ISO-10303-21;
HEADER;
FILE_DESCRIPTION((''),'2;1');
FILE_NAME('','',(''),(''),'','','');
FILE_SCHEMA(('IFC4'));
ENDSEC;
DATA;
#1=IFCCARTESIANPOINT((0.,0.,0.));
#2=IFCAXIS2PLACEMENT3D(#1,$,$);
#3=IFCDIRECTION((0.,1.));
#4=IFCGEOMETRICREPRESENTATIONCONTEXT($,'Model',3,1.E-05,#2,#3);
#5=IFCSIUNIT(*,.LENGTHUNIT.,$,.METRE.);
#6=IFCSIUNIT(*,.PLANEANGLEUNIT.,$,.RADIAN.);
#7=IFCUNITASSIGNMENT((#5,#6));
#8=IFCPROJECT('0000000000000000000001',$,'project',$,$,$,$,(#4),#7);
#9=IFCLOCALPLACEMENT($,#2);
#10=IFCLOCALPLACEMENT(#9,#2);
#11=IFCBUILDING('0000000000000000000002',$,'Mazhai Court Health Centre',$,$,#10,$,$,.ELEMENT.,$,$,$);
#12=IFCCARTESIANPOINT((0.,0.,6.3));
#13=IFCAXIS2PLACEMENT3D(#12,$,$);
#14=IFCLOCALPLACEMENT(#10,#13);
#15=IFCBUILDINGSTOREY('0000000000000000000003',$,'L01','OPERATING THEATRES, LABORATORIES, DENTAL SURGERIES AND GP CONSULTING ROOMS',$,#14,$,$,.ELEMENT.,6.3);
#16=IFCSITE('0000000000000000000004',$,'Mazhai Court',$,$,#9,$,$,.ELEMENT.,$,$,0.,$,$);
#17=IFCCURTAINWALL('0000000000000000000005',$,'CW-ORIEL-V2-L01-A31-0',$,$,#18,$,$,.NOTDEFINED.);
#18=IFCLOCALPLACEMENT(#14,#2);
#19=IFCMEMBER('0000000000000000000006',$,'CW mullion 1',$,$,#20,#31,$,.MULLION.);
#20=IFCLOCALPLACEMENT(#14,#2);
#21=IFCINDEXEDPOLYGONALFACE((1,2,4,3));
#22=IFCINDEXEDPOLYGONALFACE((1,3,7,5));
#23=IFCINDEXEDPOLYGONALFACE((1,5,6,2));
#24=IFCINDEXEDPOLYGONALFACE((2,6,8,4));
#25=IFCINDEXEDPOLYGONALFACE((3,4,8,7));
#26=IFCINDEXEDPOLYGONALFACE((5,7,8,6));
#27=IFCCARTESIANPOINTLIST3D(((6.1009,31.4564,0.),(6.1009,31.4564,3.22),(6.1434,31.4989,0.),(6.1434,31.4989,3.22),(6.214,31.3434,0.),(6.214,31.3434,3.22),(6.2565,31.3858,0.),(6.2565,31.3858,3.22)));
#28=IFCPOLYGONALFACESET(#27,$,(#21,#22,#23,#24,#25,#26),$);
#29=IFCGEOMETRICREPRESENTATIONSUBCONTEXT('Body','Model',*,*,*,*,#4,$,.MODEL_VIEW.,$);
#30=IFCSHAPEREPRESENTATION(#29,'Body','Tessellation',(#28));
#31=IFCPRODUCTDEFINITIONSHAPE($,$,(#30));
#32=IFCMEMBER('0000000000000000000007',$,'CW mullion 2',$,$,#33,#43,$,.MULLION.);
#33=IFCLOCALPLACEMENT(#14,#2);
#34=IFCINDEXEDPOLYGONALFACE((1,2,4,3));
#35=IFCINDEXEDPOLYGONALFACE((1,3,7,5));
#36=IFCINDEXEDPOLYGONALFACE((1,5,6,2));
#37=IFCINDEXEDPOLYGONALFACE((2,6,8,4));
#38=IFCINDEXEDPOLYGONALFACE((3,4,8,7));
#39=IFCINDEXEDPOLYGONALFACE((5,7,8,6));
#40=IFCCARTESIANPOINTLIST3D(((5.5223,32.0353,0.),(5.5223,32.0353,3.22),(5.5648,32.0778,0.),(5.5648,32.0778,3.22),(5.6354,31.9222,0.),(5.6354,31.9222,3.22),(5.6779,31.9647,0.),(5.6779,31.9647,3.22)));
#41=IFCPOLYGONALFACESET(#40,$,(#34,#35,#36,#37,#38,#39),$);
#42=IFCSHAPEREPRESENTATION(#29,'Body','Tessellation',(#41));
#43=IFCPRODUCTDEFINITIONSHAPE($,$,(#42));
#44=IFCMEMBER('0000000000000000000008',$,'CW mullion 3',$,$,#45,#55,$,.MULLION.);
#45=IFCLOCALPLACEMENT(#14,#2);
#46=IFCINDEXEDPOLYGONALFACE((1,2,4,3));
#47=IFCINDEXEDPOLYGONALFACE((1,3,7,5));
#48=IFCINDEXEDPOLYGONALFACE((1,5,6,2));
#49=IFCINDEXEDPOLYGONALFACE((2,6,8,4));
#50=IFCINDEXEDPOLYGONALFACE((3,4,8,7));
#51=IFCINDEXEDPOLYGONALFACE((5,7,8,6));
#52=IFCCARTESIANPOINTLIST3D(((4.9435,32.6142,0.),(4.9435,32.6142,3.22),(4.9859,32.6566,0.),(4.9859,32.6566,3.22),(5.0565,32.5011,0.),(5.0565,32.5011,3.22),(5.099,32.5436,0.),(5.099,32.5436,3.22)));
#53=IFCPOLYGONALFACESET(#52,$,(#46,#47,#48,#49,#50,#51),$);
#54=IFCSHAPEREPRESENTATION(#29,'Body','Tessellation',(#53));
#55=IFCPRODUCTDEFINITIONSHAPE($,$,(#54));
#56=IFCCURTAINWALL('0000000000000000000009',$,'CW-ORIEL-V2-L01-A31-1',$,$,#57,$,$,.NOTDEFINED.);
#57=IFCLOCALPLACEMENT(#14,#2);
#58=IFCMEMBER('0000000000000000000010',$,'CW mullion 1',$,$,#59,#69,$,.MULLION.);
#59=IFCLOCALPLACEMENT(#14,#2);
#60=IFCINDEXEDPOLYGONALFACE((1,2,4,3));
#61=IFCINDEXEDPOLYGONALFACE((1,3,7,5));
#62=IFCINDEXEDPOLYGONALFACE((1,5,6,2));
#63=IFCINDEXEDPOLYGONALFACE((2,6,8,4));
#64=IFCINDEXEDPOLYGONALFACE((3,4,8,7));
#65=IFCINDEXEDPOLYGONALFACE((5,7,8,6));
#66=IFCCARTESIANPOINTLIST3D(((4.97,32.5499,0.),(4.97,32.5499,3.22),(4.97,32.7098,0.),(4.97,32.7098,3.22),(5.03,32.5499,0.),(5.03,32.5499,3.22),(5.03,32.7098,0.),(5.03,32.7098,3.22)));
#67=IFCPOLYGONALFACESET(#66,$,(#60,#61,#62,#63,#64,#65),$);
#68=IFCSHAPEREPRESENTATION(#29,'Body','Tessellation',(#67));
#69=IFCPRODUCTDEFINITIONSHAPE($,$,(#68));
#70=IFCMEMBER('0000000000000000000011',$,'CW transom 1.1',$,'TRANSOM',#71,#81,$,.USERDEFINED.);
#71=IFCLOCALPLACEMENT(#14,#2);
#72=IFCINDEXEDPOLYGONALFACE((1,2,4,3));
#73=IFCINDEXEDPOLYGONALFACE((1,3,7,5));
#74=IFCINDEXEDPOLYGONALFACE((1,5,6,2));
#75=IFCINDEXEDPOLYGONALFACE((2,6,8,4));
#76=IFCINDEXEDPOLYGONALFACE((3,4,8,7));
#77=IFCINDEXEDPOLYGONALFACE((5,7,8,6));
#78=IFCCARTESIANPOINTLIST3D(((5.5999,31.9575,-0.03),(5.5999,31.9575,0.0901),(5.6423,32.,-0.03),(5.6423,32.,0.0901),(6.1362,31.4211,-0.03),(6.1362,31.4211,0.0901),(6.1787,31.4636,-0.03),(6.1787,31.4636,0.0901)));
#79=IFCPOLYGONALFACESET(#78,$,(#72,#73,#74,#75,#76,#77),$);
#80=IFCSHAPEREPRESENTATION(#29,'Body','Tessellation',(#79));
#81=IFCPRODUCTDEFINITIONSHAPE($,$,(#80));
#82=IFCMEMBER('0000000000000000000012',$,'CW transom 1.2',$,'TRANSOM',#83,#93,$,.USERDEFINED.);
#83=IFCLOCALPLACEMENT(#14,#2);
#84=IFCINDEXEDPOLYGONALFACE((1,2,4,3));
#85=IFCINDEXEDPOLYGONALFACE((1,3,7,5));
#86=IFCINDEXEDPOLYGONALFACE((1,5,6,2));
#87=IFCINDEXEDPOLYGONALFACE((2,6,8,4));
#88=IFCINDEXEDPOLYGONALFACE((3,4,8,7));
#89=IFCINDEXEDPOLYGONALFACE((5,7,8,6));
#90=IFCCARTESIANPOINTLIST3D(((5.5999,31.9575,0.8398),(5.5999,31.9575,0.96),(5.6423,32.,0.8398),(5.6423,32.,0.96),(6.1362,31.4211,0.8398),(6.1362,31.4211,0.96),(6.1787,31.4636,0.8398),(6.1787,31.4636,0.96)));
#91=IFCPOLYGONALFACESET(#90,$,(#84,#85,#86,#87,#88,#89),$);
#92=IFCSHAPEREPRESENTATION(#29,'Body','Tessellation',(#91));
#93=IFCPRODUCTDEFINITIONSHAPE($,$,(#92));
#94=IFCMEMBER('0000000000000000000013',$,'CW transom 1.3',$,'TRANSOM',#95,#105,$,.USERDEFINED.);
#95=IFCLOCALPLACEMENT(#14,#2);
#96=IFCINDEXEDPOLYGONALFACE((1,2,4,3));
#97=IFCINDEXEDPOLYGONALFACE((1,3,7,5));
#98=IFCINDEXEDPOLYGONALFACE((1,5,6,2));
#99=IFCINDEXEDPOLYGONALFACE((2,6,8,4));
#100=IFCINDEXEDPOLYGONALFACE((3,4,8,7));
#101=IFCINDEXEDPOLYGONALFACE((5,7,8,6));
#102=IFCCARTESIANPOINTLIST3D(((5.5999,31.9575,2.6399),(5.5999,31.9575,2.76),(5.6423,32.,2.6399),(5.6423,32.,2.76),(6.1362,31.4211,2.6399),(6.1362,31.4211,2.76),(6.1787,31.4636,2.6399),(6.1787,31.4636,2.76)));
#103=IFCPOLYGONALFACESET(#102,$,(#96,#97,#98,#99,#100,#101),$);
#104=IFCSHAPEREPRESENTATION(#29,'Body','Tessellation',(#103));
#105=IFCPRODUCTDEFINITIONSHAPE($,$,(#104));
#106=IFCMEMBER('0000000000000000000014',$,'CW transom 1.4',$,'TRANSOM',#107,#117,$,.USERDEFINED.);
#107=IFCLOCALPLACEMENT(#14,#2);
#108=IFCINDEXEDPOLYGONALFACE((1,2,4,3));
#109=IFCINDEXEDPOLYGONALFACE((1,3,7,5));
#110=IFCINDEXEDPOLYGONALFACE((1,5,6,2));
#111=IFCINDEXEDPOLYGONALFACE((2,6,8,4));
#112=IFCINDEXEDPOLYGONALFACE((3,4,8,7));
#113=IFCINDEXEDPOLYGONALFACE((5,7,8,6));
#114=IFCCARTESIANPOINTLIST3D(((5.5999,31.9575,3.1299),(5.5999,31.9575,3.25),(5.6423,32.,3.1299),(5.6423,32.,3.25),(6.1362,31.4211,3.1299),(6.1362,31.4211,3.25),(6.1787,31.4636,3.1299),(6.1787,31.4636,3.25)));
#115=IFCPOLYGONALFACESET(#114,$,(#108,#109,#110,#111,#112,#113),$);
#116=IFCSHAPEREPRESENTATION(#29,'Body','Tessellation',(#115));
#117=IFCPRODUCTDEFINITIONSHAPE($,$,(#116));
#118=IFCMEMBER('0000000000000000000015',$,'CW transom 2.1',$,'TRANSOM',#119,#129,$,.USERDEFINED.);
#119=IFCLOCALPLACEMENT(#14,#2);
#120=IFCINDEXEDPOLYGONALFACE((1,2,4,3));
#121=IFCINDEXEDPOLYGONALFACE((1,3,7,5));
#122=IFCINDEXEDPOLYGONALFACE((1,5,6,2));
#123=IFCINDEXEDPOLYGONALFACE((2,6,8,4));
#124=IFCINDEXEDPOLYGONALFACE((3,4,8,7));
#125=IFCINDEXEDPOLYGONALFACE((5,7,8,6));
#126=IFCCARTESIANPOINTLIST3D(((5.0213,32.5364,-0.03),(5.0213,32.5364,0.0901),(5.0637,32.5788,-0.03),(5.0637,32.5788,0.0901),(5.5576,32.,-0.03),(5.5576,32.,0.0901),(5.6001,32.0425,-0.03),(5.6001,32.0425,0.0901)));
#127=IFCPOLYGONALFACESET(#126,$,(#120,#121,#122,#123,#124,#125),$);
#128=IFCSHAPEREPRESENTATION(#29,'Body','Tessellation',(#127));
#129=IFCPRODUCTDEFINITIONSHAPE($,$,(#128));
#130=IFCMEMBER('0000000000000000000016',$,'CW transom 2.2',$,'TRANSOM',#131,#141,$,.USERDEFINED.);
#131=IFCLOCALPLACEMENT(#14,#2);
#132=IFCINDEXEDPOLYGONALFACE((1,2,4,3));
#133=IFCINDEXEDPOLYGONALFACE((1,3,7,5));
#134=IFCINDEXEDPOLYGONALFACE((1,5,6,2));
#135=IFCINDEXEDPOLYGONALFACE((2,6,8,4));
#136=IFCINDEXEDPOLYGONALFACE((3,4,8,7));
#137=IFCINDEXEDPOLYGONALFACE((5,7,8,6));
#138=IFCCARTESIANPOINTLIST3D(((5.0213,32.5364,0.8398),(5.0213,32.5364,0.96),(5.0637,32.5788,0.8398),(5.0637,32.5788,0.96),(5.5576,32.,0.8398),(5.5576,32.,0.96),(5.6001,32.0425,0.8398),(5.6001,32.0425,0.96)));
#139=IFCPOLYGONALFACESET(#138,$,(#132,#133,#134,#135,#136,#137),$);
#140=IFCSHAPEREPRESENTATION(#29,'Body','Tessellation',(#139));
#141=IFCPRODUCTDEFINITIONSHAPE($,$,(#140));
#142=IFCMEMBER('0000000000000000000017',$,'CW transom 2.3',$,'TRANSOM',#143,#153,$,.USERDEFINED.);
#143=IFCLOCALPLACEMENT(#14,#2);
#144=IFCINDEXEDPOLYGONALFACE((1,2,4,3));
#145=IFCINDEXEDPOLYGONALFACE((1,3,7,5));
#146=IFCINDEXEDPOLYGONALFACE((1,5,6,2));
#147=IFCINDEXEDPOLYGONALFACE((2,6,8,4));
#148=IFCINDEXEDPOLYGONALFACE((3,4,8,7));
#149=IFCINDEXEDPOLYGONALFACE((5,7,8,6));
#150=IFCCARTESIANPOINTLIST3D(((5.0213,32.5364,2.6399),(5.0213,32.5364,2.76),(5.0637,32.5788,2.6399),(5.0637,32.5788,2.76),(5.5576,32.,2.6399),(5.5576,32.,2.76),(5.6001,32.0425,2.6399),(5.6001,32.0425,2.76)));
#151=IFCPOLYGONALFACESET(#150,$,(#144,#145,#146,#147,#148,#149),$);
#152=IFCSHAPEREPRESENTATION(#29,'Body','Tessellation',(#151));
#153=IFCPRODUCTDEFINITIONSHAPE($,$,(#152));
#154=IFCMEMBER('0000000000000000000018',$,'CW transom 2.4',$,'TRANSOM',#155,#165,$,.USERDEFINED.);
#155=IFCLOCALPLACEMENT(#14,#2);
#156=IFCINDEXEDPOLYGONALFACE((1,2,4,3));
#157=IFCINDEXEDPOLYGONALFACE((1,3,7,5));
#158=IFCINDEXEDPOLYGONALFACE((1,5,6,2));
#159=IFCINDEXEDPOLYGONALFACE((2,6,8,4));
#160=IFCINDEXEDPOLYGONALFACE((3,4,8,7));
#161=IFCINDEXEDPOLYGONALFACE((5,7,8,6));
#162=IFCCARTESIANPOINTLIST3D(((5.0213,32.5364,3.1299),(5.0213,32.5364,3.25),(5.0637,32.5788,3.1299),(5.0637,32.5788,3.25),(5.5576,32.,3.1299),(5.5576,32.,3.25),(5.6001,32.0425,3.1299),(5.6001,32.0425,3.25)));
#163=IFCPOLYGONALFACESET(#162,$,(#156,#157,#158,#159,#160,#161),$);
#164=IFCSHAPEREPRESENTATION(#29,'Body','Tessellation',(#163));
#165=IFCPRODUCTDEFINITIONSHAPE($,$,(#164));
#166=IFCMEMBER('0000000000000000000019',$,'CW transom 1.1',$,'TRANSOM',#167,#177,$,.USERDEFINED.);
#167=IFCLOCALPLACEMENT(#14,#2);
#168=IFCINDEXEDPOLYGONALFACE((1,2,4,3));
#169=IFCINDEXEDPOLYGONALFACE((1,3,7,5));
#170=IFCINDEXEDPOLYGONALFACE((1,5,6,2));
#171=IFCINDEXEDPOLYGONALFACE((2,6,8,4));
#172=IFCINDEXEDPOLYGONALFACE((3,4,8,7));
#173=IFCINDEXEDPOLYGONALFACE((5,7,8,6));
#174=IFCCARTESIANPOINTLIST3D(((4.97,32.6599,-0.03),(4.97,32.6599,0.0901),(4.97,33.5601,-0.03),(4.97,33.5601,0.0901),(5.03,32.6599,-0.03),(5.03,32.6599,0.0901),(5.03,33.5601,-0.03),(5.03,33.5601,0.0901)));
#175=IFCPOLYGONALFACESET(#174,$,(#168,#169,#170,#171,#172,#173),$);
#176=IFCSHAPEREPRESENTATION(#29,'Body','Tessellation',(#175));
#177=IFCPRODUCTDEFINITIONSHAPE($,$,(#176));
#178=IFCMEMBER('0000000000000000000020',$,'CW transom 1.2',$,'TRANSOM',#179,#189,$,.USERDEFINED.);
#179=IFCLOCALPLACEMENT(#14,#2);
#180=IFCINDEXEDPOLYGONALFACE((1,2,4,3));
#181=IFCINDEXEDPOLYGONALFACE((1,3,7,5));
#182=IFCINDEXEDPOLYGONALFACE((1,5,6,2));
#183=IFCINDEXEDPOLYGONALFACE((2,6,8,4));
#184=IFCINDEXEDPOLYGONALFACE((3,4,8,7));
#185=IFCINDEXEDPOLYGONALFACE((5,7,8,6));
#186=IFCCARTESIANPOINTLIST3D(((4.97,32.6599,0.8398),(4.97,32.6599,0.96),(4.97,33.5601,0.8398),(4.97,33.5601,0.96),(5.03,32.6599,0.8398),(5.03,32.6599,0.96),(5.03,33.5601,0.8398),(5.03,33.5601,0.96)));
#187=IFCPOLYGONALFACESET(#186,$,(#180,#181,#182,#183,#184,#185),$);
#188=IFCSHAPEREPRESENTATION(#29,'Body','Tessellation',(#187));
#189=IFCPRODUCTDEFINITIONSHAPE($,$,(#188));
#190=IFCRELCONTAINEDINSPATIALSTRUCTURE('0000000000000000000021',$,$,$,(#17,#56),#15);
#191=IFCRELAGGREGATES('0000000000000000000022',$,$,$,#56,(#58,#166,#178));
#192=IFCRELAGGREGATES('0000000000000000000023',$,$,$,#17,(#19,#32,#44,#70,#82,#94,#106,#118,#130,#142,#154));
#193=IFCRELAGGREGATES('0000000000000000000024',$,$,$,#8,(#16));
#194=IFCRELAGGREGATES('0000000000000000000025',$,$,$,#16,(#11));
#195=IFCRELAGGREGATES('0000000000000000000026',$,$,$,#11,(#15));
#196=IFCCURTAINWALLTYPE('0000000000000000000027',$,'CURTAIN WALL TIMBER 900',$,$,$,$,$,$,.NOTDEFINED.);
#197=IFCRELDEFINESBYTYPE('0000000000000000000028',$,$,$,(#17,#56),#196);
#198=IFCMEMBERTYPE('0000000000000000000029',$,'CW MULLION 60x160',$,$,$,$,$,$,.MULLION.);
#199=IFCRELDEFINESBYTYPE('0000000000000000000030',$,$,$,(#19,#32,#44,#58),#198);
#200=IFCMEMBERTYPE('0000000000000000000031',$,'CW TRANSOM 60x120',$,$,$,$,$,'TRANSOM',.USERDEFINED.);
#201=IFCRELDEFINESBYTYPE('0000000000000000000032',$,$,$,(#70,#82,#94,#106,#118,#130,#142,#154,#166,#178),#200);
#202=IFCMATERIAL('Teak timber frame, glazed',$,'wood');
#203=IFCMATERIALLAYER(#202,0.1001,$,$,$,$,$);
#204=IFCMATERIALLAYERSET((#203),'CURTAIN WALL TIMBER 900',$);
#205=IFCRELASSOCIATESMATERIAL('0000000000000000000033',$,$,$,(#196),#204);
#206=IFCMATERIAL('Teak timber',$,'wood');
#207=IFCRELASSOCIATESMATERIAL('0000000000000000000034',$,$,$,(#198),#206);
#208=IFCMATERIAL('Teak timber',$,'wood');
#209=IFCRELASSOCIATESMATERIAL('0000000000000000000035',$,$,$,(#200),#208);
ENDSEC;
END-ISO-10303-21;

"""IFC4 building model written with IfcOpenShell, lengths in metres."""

from ifc_helpers import new_model, si_unit, direction, frame, origin, origin_2d, place, context, subcontext, project, spatial, rectangle, extrude, material, layer, layer_set, material_profile, profile_set, type_object, element, aggregate, save


model = new_model("IFC4")

# Units and contexts
model_context = context("Model", 3, precision=1e-05, world=origin(), true_north=direction((0.0, 1.0)))
body_context = subcontext(model_context, "Body", "Model", "MODEL_VIEW")
ifc_project = project(units=[si_unit("LENGTHUNIT", "METRE"), si_unit("PLANEANGLEUNIT", "RADIAN")], contexts=[model_context])

# Site, building, storey
site_placement = place(None, origin())
site = spatial("IfcSite", under=ifc_project, at=site_placement, Name="Mazhai Court", CompositionType="ELEMENT", RefElevation=0.0)
building_placement = place(site_placement, origin())
building = spatial("IfcBuilding", under=site, at=building_placement, Name="Mazhai Court Health Centre", CompositionType="ELEMENT")
storey_placement = place(building_placement, frame((0.0, 0.0, 6.3)))
storey = spatial("IfcBuildingStorey", under=building, at=storey_placement, Name="L01", Description="OPERATING THEATRES, LABORATORIES, DENTAL SURGERIES AND GP CONSULTING ROOMS", CompositionType="ELEMENT", Elevation=6.3)

# Curtain wall, members
ifc_material_1 = material(Name="Teak timber frame, glazed", Category="wood")
ifc_layer_1 = layer(ifc_material_1, 0.1001)
ifc_layer_set_1 = layer_set([ifc_layer_1], Name="CURTAIN WALL TIMBER 900")
curtain_wall_type = type_object("IfcCurtainWallType", Name="CURTAIN WALL TIMBER 900", PredefinedType="NOTDEFINED", material=ifc_layer_set_1)
curtain_wall_1_placement = place(storey_placement, origin())
curtain_wall_1 = element("IfcCurtainWall", 1, at=curtain_wall_1_placement, inside=storey, type_object=curtain_wall_type, Name="CW-ORIEL-V2-L01-A31-0", PredefinedType="NOTDEFINED")
ifc_material_2 = material(Name="Teak timber", Category="wood")
ifc_material_profile_1 = material_profile(ifc_material_2, rectangle(XDim=0.0601, YDim=0.1599, at=origin_2d()), Name="CW MULLION 60x160")
ifc_profile_set_1 = profile_set([ifc_material_profile_1], Name="Teak timber")
member_type_1 = type_object("IfcMemberType", Name="CW MULLION 60x160", PredefinedType="MULLION", material=ifc_profile_set_1)
member_1_placement = place(storey_placement, frame((6.1787, 31.4211, 0.0), z_axis=(0.0, 0.0, 1.0), x_axis=(-0.707107, -0.707107, 0.0)))
member_1 = element("IfcMember", 2, at=member_1_placement, type_object=member_type_1, Name="CW mullion 1", PredefinedType="MULLION", context=body_context, shape_type="SweptSolid", body=[
    extrude(rectangle(XDim=0.0601, YDim=0.1599, at=origin_2d()), origin(), (0.0, 0.0, 1.0), 3.22),
])
member_2_placement = place(storey_placement, frame((5.6001, 32.0, 0.0), z_axis=(0.0, 0.0, 1.0), x_axis=(-0.707107, -0.707107, 0.0)))
member_2 = element("IfcMember", 3, at=member_2_placement, type_object=member_type_1, Name="CW mullion 2", PredefinedType="MULLION", context=body_context, shape_type="SweptSolid", body=[
    extrude(rectangle(XDim=0.0601, YDim=0.1599, at=origin_2d()), origin(), (0.0, 0.0, 1.0), 3.22),
])
member_3_placement = place(storey_placement, frame((5.0212, 32.5789, 0.0), z_axis=(0.0, 0.0, 1.0), x_axis=(-0.707107, -0.707107, 0.0)))
member_3 = element("IfcMember", 4, at=member_3_placement, type_object=member_type_1, Name="CW mullion 3", PredefinedType="MULLION", context=body_context, shape_type="SweptSolid", body=[
    extrude(rectangle(XDim=0.0601, YDim=0.1599, at=origin_2d()), origin(), (0.0, 0.0, 1.0), 3.22),
])

# Curtain wall, member
curtain_wall_2_placement = place(storey_placement, origin())
curtain_wall_2 = element("IfcCurtainWall", 5, at=curtain_wall_2_placement, inside=storey, type_object=curtain_wall_type, Name="CW-ORIEL-V2-L01-A31-1", PredefinedType="NOTDEFINED")
member_4_placement = place(storey_placement, frame((5.0, 32.6299, 0.0), z_axis=(0.0, 0.0, 1.0), x_axis=(-1.0, 0.0, 0.0)))
member_4 = element("IfcMember", 6, at=member_4_placement, type_object=member_type_1, Name="CW mullion 1", PredefinedType="MULLION", context=body_context, shape_type="SweptSolid", body=[
    extrude(rectangle(XDim=0.0601, YDim=0.1599, at=origin_2d()), origin(), (0.0, 0.0, 1.0), 3.22),
])

# Members
ifc_material_3 = material(Name="Teak timber", Category="wood")
ifc_material_profile_2 = material_profile(ifc_material_3, rectangle(XDim=0.0601, YDim=0.1201, at=origin_2d()), Name="CW TRANSOM 60x120")
ifc_profile_set_2 = profile_set([ifc_material_profile_2], Name="Teak timber")
member_type_2 = type_object("IfcMemberType", Name="CW TRANSOM 60x120", ElementType="TRANSOM", PredefinedType="USERDEFINED", material=ifc_profile_set_2)
member_5_placement = place(storey_placement, frame((6.1575, 31.4424, 0.03), z_axis=(-0.707107, 0.707107, 0.0), x_axis=(-0.707107, -0.707107, 0.0)))
member_5 = element("IfcMember", 7, at=member_5_placement, type_object=member_type_2, Name="CW transom 1.1", ObjectType="TRANSOM", PredefinedType="USERDEFINED", context=body_context, shape_type="SweptSolid", body=[
    extrude(rectangle(XDim=0.0601, YDim=0.1201, at=origin_2d()), origin(), (0.0, 0.0, 1.0), 0.7585),
])
member_6_placement = place(storey_placement, frame((6.1575, 31.4424, 0.8999), z_axis=(-0.707107, 0.707107, 0.0), x_axis=(-0.707107, -0.707107, 0.0)))
member_6 = element("IfcMember", 8, at=member_6_placement, type_object=member_type_2, Name="CW transom 1.2", ObjectType="TRANSOM", PredefinedType="USERDEFINED", context=body_context, shape_type="SweptSolid", body=[
    extrude(rectangle(XDim=0.0601, YDim=0.1201, at=origin_2d()), origin(), (0.0, 0.0, 1.0), 0.7585),
])
member_7_placement = place(storey_placement, frame((6.1575, 31.4424, 2.7), z_axis=(-0.707107, 0.707107, 0.0), x_axis=(-0.707107, -0.707107, 0.0)))
member_7 = element("IfcMember", 9, at=member_7_placement, type_object=member_type_2, Name="CW transom 1.3", ObjectType="TRANSOM", PredefinedType="USERDEFINED", context=body_context, shape_type="SweptSolid", body=[
    extrude(rectangle(XDim=0.0601, YDim=0.1201, at=origin_2d()), origin(), (0.0, 0.0, 1.0), 0.7585),
])
member_8_placement = place(storey_placement, frame((6.1575, 31.4424, 3.1899), z_axis=(-0.707107, 0.707107, 0.0), x_axis=(-0.707107, -0.707107, 0.0)))
member_8 = element("IfcMember", 10, at=member_8_placement, type_object=member_type_2, Name="CW transom 1.4", ObjectType="TRANSOM", PredefinedType="USERDEFINED", context=body_context, shape_type="SweptSolid", body=[
    extrude(rectangle(XDim=0.0601, YDim=0.1201, at=origin_2d()), origin(), (0.0, 0.0, 1.0), 0.7585),
])
member_9_placement = place(storey_placement, frame((5.5789, 32.0212, 0.03), z_axis=(-0.707107, 0.707107, 0.0), x_axis=(-0.707107, -0.707107, 0.0)))
member_9 = element("IfcMember", 11, at=member_9_placement, type_object=member_type_2, Name="CW transom 2.1", ObjectType="TRANSOM", PredefinedType="USERDEFINED", context=body_context, shape_type="SweptSolid", body=[
    extrude(rectangle(XDim=0.0601, YDim=0.1201, at=origin_2d()), origin(), (0.0, 0.0, 1.0), 0.7585),
])
member_10_placement = place(storey_placement, frame((5.5789, 32.0212, 0.8999), z_axis=(-0.707107, 0.707107, 0.0), x_axis=(-0.707107, -0.707107, 0.0)))
member_10 = element("IfcMember", 12, at=member_10_placement, type_object=member_type_2, Name="CW transom 2.2", ObjectType="TRANSOM", PredefinedType="USERDEFINED", context=body_context, shape_type="SweptSolid", body=[
    extrude(rectangle(XDim=0.0601, YDim=0.1201, at=origin_2d()), origin(), (0.0, 0.0, 1.0), 0.7585),
])
member_11_placement = place(storey_placement, frame((5.5789, 32.0212, 2.7), z_axis=(-0.707107, 0.707107, 0.0), x_axis=(-0.707107, -0.707107, 0.0)))
member_11 = element("IfcMember", 13, at=member_11_placement, type_object=member_type_2, Name="CW transom 2.3", ObjectType="TRANSOM", PredefinedType="USERDEFINED", context=body_context, shape_type="SweptSolid", body=[
    extrude(rectangle(XDim=0.0601, YDim=0.1201, at=origin_2d()), origin(), (0.0, 0.0, 1.0), 0.7585),
])
member_12_placement = place(storey_placement, frame((5.5789, 32.0212, 3.1899), z_axis=(-0.707107, 0.707107, 0.0), x_axis=(-0.707107, -0.707107, 0.0)))
member_12 = element("IfcMember", 14, at=member_12_placement, type_object=member_type_2, Name="CW transom 2.4", ObjectType="TRANSOM", PredefinedType="USERDEFINED", context=body_context, shape_type="SweptSolid", body=[
    extrude(rectangle(XDim=0.0601, YDim=0.1201, at=origin_2d()), origin(), (0.0, 0.0, 1.0), 0.7585),
])
member_13_placement = place(storey_placement, frame((5.0, 32.6599, 0.03), z_axis=(0.0, 1.0, 0.0), x_axis=(-1.0, 0.0, 0.0)))
member_13 = element("IfcMember", 15, at=member_13_placement, type_object=member_type_2, Name="CW transom 1.1", ObjectType="TRANSOM", PredefinedType="USERDEFINED", context=body_context, shape_type="SweptSolid", body=[
    extrude(rectangle(XDim=0.0601, YDim=0.1201, at=origin_2d()), origin(), (0.0, 0.0, 1.0), 0.9001),
])
member_14_placement = place(storey_placement, frame((5.0, 32.6599, 0.8999), z_axis=(0.0, 1.0, 0.0), x_axis=(-1.0, 0.0, 0.0)))
member_14 = element("IfcMember", 16, at=member_14_placement, type_object=member_type_2, Name="CW transom 1.2", ObjectType="TRANSOM", PredefinedType="USERDEFINED", context=body_context, shape_type="SweptSolid", body=[
    extrude(rectangle(XDim=0.0601, YDim=0.1201, at=origin_2d()), origin(), (0.0, 0.0, 1.0), 0.9001),
])
aggregate(curtain_wall_2, [member_4, member_13, member_14])

aggregate(curtain_wall_1, [member_1, member_2, member_3, member_5, member_6, member_7, member_8, member_9, member_10, member_11, member_12])

save(model, "model.ifc")
